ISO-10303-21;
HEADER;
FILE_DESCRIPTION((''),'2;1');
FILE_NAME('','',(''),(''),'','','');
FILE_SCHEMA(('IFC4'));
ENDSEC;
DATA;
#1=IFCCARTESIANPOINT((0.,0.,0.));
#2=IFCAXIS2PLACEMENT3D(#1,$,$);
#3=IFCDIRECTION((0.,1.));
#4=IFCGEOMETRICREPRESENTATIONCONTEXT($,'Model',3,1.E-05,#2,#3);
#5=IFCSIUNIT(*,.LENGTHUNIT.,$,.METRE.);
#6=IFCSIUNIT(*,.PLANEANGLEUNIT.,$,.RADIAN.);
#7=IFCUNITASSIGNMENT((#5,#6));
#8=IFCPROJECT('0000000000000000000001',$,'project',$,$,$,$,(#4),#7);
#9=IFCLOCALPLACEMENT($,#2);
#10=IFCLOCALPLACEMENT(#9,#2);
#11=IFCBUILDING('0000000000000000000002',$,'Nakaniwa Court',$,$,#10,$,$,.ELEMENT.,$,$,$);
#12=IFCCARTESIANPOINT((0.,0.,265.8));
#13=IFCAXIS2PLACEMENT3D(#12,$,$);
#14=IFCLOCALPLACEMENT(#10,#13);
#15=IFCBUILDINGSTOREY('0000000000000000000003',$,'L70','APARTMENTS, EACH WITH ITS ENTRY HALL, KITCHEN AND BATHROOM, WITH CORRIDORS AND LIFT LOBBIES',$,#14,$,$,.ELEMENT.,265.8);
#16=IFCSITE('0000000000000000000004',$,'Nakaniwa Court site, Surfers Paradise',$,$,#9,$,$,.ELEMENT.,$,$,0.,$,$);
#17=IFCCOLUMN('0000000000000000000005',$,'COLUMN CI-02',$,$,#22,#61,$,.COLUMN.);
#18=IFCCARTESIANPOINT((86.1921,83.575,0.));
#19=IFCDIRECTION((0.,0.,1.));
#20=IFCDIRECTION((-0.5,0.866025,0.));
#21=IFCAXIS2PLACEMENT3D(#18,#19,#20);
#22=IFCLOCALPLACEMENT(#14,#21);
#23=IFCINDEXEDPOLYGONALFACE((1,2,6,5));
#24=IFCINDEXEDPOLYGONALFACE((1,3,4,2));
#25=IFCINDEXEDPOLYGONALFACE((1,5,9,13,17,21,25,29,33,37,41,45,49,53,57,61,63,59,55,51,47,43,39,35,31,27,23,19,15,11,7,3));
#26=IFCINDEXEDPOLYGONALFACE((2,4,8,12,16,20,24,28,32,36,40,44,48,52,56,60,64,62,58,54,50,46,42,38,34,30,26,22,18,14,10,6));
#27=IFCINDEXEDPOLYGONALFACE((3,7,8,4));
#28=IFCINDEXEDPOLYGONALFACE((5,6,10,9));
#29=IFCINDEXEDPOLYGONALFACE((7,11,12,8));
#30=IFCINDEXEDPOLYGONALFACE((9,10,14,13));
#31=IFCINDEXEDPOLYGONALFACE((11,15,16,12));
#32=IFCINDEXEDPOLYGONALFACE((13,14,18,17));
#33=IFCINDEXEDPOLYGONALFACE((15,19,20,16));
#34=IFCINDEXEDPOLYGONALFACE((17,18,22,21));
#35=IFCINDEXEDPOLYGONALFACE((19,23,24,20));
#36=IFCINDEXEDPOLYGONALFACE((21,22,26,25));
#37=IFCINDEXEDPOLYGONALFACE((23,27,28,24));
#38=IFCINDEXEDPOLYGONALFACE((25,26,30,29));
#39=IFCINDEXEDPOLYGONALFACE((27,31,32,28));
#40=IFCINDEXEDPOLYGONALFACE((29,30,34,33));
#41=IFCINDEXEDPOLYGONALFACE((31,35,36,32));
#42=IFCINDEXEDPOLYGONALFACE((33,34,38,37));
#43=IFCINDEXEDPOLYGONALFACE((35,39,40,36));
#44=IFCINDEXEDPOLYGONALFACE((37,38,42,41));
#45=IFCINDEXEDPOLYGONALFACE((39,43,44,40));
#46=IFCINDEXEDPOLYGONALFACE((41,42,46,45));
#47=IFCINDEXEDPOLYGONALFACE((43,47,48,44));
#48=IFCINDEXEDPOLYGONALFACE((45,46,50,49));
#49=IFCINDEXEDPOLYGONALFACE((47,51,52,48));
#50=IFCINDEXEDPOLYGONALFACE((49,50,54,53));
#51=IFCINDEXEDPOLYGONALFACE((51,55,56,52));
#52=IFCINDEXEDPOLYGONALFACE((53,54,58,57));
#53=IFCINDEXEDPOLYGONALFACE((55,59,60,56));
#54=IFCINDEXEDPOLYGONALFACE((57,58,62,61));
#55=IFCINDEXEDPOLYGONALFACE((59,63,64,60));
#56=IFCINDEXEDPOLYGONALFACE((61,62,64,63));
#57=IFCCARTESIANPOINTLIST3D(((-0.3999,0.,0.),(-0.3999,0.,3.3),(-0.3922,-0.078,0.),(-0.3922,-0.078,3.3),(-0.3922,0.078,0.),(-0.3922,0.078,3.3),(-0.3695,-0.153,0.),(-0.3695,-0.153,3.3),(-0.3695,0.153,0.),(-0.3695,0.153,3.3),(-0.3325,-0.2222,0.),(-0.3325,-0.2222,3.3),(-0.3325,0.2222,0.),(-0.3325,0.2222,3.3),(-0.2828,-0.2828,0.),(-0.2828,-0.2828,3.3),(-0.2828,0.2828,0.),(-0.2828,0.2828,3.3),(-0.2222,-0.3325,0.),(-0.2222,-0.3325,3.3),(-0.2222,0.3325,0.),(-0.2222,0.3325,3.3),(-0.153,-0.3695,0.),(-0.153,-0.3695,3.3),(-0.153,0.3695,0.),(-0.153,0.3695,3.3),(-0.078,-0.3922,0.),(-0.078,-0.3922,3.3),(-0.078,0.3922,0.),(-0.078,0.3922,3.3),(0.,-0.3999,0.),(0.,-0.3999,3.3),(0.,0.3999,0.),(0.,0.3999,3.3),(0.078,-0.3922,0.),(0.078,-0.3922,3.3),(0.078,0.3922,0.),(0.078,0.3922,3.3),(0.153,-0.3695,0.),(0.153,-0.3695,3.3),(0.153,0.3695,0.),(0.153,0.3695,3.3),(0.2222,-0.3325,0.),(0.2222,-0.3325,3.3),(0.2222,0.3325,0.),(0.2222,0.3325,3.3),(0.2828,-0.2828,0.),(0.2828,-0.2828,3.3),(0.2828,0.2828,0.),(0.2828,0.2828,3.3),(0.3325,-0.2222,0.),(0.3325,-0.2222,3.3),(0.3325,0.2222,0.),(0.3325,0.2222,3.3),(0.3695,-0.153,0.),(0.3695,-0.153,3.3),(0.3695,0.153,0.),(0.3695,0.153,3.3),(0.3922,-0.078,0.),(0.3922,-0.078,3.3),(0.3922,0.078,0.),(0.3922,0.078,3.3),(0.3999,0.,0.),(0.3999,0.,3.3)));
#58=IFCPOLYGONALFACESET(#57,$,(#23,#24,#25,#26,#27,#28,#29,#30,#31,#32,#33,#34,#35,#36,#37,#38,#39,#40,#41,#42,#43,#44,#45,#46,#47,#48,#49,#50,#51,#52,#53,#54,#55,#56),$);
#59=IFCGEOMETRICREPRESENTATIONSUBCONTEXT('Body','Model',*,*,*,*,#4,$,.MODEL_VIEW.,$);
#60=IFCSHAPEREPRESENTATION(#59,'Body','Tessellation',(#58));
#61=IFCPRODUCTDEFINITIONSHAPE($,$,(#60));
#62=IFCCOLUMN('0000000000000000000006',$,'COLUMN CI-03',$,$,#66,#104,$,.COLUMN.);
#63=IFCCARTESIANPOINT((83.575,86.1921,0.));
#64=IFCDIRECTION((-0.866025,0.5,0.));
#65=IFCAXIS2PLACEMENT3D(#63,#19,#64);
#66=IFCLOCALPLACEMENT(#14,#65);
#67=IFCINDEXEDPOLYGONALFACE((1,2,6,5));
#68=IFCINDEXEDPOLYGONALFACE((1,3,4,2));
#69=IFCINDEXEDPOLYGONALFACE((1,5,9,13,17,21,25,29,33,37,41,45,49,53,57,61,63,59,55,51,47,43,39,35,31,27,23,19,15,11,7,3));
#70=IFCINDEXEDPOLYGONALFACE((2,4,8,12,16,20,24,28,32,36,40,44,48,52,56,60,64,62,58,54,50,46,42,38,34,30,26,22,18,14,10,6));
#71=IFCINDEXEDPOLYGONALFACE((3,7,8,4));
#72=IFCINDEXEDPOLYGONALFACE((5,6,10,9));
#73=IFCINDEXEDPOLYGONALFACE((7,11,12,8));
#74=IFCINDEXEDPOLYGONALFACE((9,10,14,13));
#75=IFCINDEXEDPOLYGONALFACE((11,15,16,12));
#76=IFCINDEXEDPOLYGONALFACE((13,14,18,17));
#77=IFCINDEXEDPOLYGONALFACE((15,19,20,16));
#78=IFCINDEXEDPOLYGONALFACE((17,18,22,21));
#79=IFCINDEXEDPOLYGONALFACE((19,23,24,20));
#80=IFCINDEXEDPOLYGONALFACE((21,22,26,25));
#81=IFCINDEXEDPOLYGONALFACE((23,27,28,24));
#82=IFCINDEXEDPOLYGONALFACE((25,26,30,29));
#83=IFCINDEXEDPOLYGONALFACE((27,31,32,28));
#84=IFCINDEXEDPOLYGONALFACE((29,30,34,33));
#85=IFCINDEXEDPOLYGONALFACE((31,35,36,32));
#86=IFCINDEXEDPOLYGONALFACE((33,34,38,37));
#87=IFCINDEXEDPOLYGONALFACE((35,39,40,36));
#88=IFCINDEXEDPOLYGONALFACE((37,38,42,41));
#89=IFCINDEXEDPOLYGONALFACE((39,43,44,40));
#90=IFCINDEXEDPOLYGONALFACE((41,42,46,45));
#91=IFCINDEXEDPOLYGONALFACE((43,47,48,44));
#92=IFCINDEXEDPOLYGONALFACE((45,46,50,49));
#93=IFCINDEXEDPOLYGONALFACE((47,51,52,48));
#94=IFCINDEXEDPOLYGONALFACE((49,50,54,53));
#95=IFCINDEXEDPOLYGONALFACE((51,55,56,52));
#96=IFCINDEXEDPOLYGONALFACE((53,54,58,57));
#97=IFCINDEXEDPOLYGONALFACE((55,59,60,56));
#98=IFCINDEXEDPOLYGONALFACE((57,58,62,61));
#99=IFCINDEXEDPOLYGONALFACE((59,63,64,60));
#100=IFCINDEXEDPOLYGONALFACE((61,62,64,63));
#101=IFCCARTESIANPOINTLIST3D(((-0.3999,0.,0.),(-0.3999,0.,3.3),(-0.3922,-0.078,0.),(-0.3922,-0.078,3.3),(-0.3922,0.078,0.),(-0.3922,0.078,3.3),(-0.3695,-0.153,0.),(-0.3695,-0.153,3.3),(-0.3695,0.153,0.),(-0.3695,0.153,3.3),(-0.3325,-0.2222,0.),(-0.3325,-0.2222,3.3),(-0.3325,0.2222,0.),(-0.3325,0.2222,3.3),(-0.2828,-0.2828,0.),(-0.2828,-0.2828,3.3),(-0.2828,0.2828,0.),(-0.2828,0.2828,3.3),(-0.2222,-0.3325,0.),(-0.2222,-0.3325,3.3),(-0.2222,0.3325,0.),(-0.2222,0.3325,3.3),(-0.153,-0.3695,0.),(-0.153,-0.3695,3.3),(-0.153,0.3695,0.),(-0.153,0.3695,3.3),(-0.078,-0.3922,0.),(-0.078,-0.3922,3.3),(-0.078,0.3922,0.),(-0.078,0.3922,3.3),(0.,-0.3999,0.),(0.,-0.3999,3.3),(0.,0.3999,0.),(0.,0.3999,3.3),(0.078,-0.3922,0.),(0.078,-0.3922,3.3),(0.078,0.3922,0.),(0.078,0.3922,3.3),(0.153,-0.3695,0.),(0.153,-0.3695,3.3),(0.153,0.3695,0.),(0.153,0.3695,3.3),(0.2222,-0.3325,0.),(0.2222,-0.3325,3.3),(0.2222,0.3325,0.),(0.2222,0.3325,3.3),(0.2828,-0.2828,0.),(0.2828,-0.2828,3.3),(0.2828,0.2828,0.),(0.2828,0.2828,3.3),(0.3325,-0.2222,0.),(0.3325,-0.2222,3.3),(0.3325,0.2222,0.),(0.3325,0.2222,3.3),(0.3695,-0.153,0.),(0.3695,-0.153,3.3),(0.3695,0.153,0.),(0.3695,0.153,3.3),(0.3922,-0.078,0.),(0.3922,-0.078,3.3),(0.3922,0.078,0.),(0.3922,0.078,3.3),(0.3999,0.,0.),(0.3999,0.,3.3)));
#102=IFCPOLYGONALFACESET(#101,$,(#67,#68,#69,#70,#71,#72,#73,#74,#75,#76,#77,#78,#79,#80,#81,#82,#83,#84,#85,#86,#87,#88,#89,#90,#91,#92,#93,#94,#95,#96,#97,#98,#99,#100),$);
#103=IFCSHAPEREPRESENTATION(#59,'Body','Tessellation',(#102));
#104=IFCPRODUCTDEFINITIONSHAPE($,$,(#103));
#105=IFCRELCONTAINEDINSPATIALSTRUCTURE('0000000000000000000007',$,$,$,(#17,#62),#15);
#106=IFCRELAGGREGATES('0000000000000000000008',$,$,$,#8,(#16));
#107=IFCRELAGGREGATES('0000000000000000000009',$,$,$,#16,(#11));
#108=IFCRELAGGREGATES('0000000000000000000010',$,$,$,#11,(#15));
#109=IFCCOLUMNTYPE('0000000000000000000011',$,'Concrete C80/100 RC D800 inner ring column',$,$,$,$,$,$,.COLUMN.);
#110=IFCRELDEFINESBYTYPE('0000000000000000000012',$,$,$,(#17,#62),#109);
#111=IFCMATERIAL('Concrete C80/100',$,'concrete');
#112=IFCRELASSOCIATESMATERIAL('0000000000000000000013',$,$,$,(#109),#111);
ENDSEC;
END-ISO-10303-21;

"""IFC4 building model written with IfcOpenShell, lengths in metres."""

from ifc_helpers import new_model, si_unit, direction, frame, origin, origin_2d, place, context, subcontext, project, spatial, circle, extrude, material, material_profile, profile_set, type_object, element, save


model = new_model("IFC4")

# Units and contexts
model_context = context("Model", 3, precision=1e-05, world=origin(), true_north=direction((0.0, 1.0)))
body_context = subcontext(model_context, "Body", "Model", "MODEL_VIEW")
ifc_project = project(units=[si_unit("LENGTHUNIT", "METRE"), si_unit("PLANEANGLEUNIT", "RADIAN")], contexts=[model_context])

# Site, building, storey
site_placement = place(None, origin())
site = spatial("IfcSite", under=ifc_project, at=site_placement, Name="Nakaniwa Court site, Surfers Paradise", CompositionType="ELEMENT", RefElevation=0.0)
building_placement = place(site_placement, origin())
building = spatial("IfcBuilding", under=site, at=building_placement, Name="Nakaniwa Court", CompositionType="ELEMENT")
storey_placement = place(building_placement, frame((0.0, 0.0, 265.8)))
storey = spatial("IfcBuildingStorey", under=building, at=storey_placement, Name="L70", Description="APARTMENTS, EACH WITH ITS ENTRY HALL, KITCHEN AND BATHROOM, WITH CORRIDORS AND LIFT LOBBIES", CompositionType="ELEMENT", Elevation=265.8)

# Columns
ifc_material_1 = material(Name="Concrete C80/100", Category="concrete")
ifc_material_profile_1 = material_profile(ifc_material_1, circle(Radius=0.3999, at=origin_2d()), Name="Concrete C80/100 RC D800 inner ring column")
ifc_profile_set_1 = profile_set([ifc_material_profile_1], Name="Concrete C80/100")
column_type = type_object("IfcColumnType", Name="Concrete C80/100 RC D800 inner ring column", PredefinedType="COLUMN", material=ifc_profile_set_1)
for number, where, z_axis, x_axis, name in (
    (1, (86.1921, 83.575, 0.0), (0.0, 0.0, 1.0), (-0.5, 0.866025, 0.0), "COLUMN CI-02"),
    (2, (83.575, 86.1921, 0.0), (0.0, 0.0, 1.0), (-0.866025, 0.5, 0.0), "COLUMN CI-03"),
):
    element("IfcColumn", number, at=place(storey_placement, frame(where, z_axis=z_axis, x_axis=x_axis)), inside=storey, type_object=column_type, Name=name, PredefinedType="COLUMN", context=body_context, shape_type="SweptSolid", body=[
        extrude(circle(Radius=0.3999, at=origin_2d()), origin(), (0.0, 0.0, 1.0), 3.3),
    ])

save(model, "model.ifc")
